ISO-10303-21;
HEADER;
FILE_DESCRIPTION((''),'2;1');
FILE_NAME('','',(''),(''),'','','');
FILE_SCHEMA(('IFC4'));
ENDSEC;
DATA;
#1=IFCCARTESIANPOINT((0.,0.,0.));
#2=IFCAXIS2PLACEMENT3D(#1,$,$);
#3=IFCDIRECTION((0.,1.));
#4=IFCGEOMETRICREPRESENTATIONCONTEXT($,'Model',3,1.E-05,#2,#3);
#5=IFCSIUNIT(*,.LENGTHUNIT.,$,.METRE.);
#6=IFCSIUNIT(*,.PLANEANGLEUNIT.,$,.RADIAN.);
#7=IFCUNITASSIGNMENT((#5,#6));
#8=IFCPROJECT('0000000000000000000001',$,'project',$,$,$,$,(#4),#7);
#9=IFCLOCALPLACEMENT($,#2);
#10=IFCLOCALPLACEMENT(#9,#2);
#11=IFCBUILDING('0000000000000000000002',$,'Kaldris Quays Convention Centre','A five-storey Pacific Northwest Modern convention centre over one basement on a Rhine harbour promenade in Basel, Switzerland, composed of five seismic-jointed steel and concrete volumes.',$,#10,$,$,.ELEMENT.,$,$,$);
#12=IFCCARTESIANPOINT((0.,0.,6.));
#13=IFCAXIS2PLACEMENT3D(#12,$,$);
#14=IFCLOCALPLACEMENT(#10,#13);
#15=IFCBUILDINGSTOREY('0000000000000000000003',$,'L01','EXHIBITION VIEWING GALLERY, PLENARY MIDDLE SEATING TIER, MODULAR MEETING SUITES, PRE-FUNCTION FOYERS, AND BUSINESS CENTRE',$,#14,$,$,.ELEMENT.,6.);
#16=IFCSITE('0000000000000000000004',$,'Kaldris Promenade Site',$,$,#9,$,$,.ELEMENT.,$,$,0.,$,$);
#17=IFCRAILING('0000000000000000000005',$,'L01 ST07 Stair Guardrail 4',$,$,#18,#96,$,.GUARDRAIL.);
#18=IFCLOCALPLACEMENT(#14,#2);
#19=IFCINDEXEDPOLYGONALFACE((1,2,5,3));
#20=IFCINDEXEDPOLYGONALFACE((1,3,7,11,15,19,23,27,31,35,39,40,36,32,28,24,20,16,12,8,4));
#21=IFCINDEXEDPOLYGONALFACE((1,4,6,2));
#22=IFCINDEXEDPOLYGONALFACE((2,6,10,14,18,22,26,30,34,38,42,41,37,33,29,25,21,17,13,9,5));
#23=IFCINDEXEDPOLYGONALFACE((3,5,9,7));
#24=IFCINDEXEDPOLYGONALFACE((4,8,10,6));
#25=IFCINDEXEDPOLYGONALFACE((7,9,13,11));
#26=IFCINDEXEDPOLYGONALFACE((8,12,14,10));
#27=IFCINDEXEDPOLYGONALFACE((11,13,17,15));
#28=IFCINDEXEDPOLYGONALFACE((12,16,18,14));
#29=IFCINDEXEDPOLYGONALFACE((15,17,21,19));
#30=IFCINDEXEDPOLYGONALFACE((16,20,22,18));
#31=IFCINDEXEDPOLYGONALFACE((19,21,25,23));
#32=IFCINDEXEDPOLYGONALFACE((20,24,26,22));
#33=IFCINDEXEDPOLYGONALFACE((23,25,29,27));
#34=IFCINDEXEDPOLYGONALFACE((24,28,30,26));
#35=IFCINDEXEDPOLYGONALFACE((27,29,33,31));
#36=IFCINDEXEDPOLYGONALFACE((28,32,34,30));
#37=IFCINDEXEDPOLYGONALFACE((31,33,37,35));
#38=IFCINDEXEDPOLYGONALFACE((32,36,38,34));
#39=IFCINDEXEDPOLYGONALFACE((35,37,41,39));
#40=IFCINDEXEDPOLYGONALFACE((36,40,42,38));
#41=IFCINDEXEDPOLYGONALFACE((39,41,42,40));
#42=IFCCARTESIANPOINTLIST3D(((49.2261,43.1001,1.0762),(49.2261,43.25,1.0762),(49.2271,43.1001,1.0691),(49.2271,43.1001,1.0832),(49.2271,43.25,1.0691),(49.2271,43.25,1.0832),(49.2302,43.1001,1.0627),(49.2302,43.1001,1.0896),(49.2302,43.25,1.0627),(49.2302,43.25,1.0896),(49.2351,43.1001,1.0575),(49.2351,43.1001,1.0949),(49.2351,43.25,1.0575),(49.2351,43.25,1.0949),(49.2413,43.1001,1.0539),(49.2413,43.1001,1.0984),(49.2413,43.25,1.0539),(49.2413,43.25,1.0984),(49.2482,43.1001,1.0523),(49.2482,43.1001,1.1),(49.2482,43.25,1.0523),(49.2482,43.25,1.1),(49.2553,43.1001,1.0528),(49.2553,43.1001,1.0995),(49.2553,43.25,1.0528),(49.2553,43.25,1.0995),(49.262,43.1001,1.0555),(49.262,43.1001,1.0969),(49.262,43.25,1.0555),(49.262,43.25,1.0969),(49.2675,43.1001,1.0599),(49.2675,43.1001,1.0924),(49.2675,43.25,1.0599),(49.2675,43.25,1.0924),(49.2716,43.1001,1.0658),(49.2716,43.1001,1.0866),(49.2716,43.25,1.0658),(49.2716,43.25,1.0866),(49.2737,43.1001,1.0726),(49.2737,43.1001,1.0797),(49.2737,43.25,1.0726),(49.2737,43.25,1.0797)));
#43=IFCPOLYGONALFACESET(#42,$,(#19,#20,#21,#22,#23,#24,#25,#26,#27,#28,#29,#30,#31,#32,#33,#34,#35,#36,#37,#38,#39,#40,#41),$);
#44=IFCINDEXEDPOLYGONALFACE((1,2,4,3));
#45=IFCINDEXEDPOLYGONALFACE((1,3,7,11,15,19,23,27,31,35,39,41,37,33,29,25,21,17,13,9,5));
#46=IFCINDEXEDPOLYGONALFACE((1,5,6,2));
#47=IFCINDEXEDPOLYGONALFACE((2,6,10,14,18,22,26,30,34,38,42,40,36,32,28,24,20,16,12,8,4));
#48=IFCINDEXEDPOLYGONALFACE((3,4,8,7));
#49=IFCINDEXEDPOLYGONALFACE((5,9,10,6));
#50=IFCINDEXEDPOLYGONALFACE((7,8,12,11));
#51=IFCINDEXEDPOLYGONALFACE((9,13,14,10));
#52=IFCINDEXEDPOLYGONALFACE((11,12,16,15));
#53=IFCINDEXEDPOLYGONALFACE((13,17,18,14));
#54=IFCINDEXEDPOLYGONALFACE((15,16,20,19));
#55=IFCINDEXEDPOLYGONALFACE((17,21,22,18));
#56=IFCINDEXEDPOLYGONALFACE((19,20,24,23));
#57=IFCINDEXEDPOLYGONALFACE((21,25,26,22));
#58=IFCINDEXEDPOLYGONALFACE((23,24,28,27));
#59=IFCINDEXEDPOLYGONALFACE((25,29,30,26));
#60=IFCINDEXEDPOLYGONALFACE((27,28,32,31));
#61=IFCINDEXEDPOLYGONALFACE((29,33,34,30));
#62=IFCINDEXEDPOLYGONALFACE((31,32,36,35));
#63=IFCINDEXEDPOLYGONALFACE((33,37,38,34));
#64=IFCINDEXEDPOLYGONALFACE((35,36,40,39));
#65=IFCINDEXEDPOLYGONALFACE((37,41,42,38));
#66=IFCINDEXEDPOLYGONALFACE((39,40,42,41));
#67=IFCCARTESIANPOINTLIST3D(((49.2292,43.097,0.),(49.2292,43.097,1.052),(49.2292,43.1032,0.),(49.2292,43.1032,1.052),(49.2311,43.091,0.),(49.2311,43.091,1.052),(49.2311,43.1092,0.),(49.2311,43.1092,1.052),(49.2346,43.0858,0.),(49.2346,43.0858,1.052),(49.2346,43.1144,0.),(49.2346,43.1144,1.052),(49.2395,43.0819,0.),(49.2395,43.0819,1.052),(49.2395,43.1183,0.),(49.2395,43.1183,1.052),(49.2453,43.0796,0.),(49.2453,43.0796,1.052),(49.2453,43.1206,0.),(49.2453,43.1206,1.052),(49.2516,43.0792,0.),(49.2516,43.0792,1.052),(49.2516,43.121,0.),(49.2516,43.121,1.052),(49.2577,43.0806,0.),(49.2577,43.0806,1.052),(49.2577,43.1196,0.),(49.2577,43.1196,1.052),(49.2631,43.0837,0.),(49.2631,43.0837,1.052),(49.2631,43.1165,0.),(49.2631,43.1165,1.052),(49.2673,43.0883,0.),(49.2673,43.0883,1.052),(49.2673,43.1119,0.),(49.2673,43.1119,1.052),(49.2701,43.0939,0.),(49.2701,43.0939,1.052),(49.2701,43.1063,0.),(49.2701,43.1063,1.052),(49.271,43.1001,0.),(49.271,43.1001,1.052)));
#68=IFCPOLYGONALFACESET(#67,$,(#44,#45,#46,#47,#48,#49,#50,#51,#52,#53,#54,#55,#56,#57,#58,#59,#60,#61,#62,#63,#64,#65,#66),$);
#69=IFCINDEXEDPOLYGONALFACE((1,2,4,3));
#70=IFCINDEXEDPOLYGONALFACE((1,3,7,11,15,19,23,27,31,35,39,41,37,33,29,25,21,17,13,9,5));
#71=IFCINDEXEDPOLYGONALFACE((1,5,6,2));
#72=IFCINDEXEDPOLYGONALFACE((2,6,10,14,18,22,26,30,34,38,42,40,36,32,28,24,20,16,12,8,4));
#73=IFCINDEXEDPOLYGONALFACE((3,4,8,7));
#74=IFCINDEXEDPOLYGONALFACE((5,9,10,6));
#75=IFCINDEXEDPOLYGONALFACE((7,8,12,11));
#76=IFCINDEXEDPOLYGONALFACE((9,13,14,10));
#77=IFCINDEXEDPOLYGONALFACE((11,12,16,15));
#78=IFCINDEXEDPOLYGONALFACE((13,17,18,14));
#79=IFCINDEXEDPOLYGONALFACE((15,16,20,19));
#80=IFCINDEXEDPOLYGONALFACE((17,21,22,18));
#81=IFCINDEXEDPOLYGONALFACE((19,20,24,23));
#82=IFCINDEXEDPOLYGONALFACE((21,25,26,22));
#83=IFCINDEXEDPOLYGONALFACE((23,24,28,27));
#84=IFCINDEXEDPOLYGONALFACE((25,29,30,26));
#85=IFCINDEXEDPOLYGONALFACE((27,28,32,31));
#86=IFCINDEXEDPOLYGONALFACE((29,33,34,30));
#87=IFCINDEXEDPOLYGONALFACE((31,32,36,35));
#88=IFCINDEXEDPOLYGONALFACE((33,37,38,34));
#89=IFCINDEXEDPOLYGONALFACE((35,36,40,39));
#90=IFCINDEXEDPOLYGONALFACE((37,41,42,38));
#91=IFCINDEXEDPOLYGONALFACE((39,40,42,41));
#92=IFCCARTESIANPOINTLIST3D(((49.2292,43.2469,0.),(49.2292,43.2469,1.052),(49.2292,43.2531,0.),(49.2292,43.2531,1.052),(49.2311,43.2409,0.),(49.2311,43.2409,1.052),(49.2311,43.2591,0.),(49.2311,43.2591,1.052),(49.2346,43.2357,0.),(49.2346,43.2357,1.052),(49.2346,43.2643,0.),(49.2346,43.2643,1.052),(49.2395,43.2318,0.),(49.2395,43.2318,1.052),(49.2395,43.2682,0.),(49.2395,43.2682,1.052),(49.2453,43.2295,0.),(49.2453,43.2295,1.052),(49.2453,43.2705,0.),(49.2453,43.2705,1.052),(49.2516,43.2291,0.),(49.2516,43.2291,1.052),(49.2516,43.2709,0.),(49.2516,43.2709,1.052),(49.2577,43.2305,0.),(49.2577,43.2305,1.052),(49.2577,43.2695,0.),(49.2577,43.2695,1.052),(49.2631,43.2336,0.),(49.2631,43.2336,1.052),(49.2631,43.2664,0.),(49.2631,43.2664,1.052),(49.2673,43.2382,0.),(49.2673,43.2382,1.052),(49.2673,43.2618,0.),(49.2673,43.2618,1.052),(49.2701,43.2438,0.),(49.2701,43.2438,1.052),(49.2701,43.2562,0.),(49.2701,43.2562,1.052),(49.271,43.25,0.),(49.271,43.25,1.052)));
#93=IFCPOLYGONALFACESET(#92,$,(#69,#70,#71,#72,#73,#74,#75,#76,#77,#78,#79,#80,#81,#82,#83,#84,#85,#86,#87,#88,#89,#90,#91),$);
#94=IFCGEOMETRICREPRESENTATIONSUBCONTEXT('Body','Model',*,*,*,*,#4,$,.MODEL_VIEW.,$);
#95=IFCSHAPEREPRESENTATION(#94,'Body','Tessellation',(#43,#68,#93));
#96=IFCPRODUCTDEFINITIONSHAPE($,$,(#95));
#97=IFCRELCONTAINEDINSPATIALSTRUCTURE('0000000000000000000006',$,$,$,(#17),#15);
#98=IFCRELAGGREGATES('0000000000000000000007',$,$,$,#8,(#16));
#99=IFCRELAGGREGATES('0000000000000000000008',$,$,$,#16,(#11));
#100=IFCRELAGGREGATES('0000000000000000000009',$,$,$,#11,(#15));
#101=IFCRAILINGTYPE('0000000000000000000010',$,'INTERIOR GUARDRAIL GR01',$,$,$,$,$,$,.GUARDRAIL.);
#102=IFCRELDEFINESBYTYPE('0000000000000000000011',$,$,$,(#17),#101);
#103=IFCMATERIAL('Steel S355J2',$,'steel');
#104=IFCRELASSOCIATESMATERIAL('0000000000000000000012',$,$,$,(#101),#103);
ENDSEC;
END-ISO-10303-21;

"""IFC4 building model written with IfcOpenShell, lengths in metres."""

from ifc_helpers import new_model, si_unit, direction, frame, origin, origin_2d, place, context, subcontext, project, spatial, circle, extrude, material, type_object, element, save


model = new_model("IFC4")

# Units and contexts
model_context = context("Model", 3, precision=1e-05, world=origin(), true_north=direction((0.0, 1.0)))
body_context = subcontext(model_context, "Body", "Model", "MODEL_VIEW")
ifc_project = project(units=[si_unit("LENGTHUNIT", "METRE"), si_unit("PLANEANGLEUNIT", "RADIAN")], contexts=[model_context])

# Site, building, storey
site_placement = place(None, origin())
site = spatial("IfcSite", under=ifc_project, at=site_placement, Name="Kaldris Promenade Site", CompositionType="ELEMENT", RefElevation=0.0)
building_placement = place(site_placement, origin())
building = spatial("IfcBuilding", under=site, at=building_placement, Name="Kaldris Quays Convention Centre", Description="A five-storey Pacific Northwest Modern convention centre over one basement on a Rhine harbour promenade in Basel, Switzerland, composed of five seismic-jointed steel and concrete volumes.", CompositionType="ELEMENT")
storey_placement = place(building_placement, frame((0.0, 0.0, 6.0)))
storey = spatial("IfcBuildingStorey", under=building, at=storey_placement, Name="L01", Description="EXHIBITION VIEWING GALLERY, PLENARY MIDDLE SEATING TIER, MODULAR MEETING SUITES, PRE-FUNCTION FOYERS, AND BUSINESS CENTRE", CompositionType="ELEMENT", Elevation=6.0)

# Shared definitions
ifc_material_1 = material(Name="Steel S355J2", Category="steel")

# Railing
railing_type_1 = type_object("IfcRailingType", Name="INTERIOR GUARDRAIL GR01", PredefinedType="GUARDRAIL", material=ifc_material_1)
railing_1_placement = place(storey_placement, frame((49.25, 43.1001, 0.0)))
element("IfcRailing", 1, at=railing_1_placement, inside=storey, type_object=railing_type_1, Name="L01 ST07 Stair Guardrail 4", PredefinedType="GUARDRAIL", context=body_context, shape_type="SweptSolid", body=[
    extrude(circle(Radius=0.0239, at=origin_2d()), frame((0.0, 0.0, 1.0762), z_axis=(0.0, 1.0, 0.0), x_axis=(-1.0, 0.0, 0.0)), (0.0, 0.0, 1.0), 0.1499),
    extrude(circle(Radius=0.021, at=origin_2d()), origin(), (0.0, 0.0, 1.0), 1.052),
    extrude(circle(Radius=0.021, at=origin_2d()), frame((0.0, 0.1499, 0.0)), (0.0, 0.0, 1.0), 1.052),
])

save(model, "model.ifc")
